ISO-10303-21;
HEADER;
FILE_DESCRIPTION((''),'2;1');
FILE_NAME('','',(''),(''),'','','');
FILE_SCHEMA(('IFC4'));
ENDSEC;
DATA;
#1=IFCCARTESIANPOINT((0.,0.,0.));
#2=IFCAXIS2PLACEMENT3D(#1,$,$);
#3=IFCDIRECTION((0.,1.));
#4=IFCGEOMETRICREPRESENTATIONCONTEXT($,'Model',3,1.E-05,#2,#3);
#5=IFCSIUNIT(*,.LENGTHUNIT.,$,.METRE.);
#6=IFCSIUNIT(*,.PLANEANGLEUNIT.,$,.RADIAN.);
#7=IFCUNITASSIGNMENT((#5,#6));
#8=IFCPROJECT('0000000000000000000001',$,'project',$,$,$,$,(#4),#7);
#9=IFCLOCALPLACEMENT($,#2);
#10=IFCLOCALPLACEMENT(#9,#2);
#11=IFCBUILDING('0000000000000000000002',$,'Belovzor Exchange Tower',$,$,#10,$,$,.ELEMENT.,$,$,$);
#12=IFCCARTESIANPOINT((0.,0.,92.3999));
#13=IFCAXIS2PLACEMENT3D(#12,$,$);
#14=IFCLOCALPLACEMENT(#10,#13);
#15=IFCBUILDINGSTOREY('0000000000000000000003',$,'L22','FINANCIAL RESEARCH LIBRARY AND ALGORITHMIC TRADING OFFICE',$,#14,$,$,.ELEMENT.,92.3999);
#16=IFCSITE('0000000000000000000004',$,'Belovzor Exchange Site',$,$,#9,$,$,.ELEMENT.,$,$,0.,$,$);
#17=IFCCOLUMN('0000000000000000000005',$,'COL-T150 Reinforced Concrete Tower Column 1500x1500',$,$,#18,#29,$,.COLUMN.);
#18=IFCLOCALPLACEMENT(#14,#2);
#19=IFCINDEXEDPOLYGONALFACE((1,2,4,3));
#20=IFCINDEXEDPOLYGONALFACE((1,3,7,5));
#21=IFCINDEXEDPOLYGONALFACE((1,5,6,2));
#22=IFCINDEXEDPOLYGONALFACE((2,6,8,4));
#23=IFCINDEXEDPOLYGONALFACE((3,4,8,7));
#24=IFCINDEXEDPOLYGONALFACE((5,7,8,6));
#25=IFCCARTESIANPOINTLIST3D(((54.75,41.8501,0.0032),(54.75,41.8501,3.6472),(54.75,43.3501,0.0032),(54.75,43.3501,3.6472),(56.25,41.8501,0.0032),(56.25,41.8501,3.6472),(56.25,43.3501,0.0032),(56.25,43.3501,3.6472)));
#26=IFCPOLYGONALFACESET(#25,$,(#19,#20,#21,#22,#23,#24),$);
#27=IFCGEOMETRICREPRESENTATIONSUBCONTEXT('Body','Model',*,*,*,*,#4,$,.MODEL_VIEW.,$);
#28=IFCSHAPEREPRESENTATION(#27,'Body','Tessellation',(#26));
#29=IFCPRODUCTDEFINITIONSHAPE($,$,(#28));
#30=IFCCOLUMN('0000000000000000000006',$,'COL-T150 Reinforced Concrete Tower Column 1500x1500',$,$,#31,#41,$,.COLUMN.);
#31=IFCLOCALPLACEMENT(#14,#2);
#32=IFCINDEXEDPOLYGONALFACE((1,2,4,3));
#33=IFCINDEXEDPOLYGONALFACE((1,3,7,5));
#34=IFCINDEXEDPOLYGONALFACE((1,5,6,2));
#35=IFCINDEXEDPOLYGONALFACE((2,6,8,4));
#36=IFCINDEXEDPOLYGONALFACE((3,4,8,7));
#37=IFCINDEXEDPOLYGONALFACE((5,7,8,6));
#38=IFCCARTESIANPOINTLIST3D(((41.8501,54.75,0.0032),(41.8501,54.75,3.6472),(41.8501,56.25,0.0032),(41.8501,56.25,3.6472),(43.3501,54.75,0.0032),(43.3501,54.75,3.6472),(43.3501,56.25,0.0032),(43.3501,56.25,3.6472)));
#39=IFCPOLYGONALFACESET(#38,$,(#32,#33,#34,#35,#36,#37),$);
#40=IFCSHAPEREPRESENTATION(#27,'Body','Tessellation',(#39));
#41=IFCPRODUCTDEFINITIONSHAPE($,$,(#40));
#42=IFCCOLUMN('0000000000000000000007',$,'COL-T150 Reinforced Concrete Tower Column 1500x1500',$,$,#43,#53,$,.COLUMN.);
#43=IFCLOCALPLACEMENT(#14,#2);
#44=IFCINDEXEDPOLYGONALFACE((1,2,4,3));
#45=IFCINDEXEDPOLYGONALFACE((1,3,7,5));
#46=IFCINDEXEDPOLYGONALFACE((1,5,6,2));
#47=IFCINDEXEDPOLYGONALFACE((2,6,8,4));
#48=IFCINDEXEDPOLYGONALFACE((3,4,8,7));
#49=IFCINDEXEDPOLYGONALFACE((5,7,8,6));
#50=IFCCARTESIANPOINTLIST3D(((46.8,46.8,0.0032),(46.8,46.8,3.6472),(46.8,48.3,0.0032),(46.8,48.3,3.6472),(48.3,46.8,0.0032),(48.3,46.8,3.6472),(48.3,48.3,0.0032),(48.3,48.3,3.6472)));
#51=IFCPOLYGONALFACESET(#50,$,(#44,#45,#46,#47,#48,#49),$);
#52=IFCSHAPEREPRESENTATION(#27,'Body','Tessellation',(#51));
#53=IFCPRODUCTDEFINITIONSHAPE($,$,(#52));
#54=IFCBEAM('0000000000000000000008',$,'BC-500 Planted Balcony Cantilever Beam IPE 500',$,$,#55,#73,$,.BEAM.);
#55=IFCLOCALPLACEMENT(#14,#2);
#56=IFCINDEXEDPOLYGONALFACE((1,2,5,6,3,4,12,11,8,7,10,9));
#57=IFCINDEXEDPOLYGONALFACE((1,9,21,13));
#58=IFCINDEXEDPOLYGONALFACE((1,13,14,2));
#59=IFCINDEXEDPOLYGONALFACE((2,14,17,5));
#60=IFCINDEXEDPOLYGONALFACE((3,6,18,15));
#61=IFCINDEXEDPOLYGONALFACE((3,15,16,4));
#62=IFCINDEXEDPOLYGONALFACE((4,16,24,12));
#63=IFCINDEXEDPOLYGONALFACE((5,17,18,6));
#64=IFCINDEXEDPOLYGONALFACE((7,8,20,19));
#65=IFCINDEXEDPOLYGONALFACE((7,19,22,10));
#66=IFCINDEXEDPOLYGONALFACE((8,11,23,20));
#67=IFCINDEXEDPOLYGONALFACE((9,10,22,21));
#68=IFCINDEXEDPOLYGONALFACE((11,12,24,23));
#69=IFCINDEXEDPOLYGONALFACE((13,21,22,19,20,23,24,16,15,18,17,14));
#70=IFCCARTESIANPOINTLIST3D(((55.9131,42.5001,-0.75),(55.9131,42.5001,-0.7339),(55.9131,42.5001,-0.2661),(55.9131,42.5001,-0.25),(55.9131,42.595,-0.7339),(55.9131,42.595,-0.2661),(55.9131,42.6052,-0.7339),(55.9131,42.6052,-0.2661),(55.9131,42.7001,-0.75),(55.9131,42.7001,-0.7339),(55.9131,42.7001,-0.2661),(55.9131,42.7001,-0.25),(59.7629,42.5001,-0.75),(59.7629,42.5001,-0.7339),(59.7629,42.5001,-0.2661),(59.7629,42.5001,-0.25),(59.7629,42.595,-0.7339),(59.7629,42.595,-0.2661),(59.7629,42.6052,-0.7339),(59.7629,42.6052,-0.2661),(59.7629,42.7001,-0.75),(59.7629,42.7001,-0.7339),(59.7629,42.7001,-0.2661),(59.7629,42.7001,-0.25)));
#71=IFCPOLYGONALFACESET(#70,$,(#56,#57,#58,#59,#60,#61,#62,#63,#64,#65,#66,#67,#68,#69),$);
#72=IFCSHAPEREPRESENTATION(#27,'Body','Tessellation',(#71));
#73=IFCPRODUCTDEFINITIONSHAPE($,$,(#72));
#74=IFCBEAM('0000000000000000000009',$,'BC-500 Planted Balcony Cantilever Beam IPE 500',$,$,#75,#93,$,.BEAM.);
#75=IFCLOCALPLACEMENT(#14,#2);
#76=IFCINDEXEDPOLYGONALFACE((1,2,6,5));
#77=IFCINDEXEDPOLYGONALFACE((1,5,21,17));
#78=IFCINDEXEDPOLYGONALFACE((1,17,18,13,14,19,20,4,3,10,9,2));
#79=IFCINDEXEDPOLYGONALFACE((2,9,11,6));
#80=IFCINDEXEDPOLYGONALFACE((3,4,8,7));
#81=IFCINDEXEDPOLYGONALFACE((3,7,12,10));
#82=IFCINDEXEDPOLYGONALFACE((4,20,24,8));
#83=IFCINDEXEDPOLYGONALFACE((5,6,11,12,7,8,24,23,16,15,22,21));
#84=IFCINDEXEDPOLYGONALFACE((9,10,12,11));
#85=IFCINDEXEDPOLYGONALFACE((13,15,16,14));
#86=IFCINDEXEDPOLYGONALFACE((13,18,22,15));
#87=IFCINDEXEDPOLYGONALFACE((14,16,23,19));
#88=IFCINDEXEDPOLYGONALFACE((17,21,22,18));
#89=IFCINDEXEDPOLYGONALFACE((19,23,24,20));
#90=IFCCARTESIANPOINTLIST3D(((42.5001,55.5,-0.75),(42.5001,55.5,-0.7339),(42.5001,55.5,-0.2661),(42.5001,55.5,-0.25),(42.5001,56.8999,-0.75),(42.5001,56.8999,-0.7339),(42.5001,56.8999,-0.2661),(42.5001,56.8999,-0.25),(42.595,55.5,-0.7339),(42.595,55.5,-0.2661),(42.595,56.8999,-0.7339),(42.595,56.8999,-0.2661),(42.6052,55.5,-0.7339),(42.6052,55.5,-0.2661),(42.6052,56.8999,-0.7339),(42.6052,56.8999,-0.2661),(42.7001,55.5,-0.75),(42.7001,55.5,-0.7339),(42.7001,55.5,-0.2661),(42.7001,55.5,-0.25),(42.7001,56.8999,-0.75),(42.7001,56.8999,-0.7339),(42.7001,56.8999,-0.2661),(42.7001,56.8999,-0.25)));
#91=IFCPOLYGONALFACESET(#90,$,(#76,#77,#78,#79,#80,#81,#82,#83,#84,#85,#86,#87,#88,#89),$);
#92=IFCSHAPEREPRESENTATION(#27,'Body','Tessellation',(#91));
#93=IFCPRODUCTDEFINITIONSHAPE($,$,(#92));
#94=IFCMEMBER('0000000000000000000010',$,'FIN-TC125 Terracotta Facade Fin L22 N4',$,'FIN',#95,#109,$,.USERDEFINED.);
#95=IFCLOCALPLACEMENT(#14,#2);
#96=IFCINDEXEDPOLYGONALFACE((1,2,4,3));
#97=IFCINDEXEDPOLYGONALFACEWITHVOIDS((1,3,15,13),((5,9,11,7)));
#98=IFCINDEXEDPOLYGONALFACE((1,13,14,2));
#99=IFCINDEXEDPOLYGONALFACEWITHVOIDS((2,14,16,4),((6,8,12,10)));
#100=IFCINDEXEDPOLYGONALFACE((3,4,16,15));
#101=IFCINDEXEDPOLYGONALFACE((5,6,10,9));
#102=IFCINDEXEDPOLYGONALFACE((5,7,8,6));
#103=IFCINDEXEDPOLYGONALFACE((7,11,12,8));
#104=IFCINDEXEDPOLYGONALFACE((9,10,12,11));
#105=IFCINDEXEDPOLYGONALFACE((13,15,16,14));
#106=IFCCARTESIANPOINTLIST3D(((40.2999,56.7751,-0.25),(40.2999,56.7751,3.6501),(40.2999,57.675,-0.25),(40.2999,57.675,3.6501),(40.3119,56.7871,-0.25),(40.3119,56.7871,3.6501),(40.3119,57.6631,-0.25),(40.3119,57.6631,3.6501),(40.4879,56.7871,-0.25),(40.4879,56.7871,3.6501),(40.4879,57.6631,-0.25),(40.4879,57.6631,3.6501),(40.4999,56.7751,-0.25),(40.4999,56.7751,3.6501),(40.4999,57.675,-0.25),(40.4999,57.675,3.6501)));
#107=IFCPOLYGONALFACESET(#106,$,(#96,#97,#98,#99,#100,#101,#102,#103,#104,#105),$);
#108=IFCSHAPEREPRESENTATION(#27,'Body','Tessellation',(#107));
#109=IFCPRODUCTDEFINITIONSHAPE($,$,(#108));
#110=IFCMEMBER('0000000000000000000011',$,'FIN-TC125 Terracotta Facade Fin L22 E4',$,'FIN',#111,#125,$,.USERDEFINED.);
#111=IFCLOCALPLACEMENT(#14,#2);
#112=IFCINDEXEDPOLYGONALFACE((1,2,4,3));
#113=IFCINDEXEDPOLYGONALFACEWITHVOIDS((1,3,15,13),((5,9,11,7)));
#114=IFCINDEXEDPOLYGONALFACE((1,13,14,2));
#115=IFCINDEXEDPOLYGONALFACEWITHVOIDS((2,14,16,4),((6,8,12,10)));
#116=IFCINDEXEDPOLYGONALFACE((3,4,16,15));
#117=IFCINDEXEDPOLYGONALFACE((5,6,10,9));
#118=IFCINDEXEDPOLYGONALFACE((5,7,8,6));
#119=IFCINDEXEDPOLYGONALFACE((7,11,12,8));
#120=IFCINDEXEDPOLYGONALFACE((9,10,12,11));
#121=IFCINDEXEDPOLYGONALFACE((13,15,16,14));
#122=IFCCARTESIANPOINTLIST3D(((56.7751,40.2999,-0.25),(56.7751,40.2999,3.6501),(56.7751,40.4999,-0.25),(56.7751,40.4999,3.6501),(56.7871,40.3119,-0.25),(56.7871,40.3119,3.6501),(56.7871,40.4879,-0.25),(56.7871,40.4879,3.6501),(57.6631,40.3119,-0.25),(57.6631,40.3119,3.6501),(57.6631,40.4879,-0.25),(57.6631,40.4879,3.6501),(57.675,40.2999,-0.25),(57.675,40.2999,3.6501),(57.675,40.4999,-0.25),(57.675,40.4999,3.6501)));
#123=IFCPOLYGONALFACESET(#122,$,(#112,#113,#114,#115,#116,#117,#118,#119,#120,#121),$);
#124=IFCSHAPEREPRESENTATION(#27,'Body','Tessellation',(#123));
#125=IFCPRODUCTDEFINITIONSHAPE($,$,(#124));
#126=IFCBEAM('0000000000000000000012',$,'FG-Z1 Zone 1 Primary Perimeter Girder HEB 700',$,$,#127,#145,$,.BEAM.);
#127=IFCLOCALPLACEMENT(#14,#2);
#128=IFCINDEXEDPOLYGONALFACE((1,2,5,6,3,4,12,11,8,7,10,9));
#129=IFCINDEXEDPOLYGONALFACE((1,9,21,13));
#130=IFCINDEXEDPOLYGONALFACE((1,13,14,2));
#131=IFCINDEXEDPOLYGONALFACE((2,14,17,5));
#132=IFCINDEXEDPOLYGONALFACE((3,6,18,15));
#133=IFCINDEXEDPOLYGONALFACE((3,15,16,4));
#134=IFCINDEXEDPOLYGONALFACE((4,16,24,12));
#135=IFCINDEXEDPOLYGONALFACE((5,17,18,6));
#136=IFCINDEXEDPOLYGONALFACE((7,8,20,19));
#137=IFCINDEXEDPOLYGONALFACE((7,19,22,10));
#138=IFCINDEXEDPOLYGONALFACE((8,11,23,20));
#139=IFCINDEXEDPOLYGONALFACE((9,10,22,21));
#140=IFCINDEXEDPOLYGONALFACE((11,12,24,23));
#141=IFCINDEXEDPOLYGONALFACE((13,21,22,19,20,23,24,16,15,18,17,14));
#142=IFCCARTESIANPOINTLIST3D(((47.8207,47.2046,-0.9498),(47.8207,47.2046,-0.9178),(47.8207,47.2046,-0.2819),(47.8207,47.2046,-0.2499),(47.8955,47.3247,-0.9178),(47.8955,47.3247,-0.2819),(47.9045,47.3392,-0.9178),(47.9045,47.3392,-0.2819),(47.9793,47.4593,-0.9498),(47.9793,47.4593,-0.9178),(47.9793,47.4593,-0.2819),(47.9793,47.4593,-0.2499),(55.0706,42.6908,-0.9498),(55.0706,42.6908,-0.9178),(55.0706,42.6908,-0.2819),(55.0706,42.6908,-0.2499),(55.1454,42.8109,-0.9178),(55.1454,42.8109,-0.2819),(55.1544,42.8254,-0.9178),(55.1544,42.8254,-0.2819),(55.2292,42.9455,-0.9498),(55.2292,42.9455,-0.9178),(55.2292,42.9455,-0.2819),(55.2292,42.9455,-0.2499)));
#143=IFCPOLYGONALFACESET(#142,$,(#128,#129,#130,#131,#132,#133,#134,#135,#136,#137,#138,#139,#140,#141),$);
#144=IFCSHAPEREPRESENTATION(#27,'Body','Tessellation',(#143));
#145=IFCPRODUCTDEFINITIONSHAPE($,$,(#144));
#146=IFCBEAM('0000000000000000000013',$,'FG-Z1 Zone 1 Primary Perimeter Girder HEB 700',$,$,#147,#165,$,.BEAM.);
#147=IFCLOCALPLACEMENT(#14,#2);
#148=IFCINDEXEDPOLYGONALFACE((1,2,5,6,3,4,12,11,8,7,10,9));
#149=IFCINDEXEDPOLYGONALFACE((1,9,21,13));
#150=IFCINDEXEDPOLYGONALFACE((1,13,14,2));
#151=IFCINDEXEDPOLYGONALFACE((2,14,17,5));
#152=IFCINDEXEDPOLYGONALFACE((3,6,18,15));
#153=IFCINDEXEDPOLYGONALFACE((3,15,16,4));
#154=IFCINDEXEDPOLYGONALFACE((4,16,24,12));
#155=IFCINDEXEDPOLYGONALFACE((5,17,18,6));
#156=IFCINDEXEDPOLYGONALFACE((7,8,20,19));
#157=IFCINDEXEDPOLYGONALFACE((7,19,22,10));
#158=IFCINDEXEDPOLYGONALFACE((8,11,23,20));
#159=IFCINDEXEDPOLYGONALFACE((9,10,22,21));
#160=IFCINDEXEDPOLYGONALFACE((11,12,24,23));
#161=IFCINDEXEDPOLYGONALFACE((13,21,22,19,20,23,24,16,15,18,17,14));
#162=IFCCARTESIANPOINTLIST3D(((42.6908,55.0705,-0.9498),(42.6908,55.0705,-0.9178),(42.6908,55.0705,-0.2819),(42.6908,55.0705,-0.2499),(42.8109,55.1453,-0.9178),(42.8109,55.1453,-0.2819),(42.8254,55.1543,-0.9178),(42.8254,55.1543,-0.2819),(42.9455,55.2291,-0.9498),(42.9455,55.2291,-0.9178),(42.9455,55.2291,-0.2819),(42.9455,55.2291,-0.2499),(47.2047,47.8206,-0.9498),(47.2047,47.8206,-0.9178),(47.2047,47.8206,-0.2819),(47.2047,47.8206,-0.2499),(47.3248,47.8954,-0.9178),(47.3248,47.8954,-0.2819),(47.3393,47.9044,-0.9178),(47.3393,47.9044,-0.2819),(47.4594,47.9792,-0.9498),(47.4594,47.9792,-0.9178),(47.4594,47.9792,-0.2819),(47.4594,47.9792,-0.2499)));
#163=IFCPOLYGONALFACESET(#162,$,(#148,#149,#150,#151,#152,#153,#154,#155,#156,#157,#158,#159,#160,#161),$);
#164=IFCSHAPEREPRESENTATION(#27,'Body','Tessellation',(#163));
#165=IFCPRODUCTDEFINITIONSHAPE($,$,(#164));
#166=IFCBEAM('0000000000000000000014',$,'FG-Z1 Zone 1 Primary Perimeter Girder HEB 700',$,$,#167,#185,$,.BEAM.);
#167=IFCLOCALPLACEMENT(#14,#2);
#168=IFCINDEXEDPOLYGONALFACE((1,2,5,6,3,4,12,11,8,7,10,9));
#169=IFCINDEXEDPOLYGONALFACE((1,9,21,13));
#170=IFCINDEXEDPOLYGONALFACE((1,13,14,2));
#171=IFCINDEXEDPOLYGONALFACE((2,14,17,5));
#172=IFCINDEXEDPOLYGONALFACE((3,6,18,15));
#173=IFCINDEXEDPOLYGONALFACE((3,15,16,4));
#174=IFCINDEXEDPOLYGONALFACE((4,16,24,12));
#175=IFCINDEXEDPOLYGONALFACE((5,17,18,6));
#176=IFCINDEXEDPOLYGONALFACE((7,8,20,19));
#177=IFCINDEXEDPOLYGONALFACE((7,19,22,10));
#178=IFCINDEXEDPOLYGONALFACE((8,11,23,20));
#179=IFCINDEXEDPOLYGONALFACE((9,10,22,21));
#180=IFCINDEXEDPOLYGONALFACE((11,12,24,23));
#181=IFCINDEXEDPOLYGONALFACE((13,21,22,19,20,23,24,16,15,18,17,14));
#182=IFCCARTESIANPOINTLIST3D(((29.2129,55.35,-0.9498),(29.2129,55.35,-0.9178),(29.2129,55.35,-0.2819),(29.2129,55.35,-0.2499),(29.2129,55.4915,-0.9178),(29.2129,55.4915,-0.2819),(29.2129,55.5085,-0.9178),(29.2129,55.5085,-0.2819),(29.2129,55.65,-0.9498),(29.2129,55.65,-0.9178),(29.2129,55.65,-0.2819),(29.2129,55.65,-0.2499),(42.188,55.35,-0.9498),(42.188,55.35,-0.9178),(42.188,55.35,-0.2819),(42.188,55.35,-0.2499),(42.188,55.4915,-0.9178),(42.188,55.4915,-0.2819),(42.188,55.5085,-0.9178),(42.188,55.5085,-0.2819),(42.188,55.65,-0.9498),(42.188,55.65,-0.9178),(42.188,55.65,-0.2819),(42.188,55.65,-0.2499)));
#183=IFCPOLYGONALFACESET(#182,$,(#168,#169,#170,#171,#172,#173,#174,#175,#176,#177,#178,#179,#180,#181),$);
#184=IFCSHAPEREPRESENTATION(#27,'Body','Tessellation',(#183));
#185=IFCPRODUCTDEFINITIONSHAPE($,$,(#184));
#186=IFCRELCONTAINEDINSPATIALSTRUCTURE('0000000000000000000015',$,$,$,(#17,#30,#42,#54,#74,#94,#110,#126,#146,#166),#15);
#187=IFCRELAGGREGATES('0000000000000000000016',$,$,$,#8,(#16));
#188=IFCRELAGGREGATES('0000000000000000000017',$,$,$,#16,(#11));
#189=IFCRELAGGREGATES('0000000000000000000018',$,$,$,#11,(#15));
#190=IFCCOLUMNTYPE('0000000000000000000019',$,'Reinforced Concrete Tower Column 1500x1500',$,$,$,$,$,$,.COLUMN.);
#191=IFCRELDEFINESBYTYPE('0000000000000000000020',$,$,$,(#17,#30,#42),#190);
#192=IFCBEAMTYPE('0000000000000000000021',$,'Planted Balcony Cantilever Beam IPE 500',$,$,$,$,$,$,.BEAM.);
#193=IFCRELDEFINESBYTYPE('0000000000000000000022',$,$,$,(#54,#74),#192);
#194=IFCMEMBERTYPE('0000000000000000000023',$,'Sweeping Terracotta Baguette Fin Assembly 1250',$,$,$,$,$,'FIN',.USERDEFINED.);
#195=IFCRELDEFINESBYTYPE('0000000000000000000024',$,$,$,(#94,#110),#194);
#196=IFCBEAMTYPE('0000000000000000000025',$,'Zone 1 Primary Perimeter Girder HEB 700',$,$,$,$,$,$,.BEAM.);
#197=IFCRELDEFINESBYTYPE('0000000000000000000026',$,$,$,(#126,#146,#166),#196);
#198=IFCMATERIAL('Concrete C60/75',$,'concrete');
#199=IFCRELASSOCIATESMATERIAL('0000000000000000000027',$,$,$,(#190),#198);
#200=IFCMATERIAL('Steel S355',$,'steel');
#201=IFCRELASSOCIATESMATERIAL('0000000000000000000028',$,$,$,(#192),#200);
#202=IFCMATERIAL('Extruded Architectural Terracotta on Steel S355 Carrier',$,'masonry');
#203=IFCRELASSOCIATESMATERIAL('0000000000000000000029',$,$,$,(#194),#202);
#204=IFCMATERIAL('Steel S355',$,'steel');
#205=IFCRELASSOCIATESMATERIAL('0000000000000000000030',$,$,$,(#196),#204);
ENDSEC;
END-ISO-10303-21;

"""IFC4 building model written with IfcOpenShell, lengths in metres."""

from ifc_helpers import new_model, si_unit, direction, frame, origin, origin_2d, place, context, subcontext, project, spatial, rectangle, hollow_rectangle, i_section, extrude, material, material_profile, profile_set, type_object, element, save


model = new_model("IFC4")

# Units and contexts
model_context = context("Model", 3, precision=1e-05, world=origin(), true_north=direction((0.0, 1.0)))
body_context = subcontext(model_context, "Body", "Model", "MODEL_VIEW")
ifc_project = project(units=[si_unit("LENGTHUNIT", "METRE"), si_unit("PLANEANGLEUNIT", "RADIAN")], contexts=[model_context])

# Site, building, storey
site_placement = place(None, origin())
site = spatial("IfcSite", under=ifc_project, at=site_placement, Name="Belovzor Exchange Site", CompositionType="ELEMENT", RefElevation=0.0)
building_placement = place(site_placement, origin())
building = spatial("IfcBuilding", under=site, at=building_placement, Name="Belovzor Exchange Tower", CompositionType="ELEMENT")
storey_placement = place(building_placement, frame((0.0, 0.0, 92.3999)))
storey = spatial("IfcBuildingStorey", under=building, at=storey_placement, Name="L22", Description="FINANCIAL RESEARCH LIBRARY AND ALGORITHMIC TRADING OFFICE", CompositionType="ELEMENT", Elevation=92.3999)

# Columns
ifc_material_1 = material(Name="Concrete C60/75", Category="concrete")
ifc_material_profile_1 = material_profile(ifc_material_1, rectangle(XDim=1.5, YDim=1.5, at=origin_2d()))
ifc_profile_set_1 = profile_set([ifc_material_profile_1], Name="Concrete C60/75")
column_type = type_object("IfcColumnType", Name="Reinforced Concrete Tower Column 1500x1500", PredefinedType="COLUMN", material=ifc_profile_set_1)
for number, where, z_axis, x_axis, name in (
    (1, (55.5, 42.6001, 0.0032), (0.0, 0.0, 1.0), (1.0, 0.0, 0.0), "COL-T150 Reinforced Concrete Tower Column 1500x1500"),
    (2, (42.6001, 55.5, 0.0032), (0.0, 0.0, 1.0), (1.0, 0.0, 0.0), "COL-T150 Reinforced Concrete Tower Column 1500x1500"),
    (3, (47.55, 47.55, 0.0032), (0.0, 0.0, 1.0), (1.0, 0.0, 0.0), "COL-T150 Reinforced Concrete Tower Column 1500x1500"),
):
    element("IfcColumn", number, at=place(storey_placement, frame(where, z_axis=z_axis, x_axis=x_axis)), inside=storey, type_object=column_type, Name=name, PredefinedType="COLUMN", context=body_context, shape_type="SweptSolid", body=[
        extrude(rectangle(XDim=1.5, YDim=1.5, at=origin_2d()), origin(), (0.0, 0.0, 1.0), 3.644),
    ])

# Beams
ifc_material_2 = material(Name="Steel S355", Category="steel")
ifc_material_profile_2 = material_profile(ifc_material_2, i_section(OverallWidth=0.2, OverallDepth=0.5, WebThickness=0.0103, FlangeThickness=0.0161, at=origin_2d()))
ifc_profile_set_2 = profile_set([ifc_material_profile_2], Name="Steel S355")
beam_type_1 = type_object("IfcBeamType", Name="Planted Balcony Cantilever Beam IPE 500", PredefinedType="BEAM", material=ifc_profile_set_2)
beam_1_placement = place(storey_placement, frame((55.9131, 42.6001, -0.5), z_axis=(1.0, 0.0, 0.0), x_axis=(0.0, 1.0, 0.0)))
element("IfcBeam", 4, at=beam_1_placement, inside=storey, type_object=beam_type_1, Name="BC-500 Planted Balcony Cantilever Beam IPE 500", PredefinedType="BEAM", context=body_context, shape_type="SweptSolid", body=[
    extrude(i_section(OverallWidth=0.2, OverallDepth=0.5, WebThickness=0.0103, FlangeThickness=0.0161, at=origin_2d()), origin(), (0.0, 0.0, 1.0), 3.8499),
])
beam_2_placement = place(storey_placement, frame((42.6001, 55.5, -0.5), z_axis=(0.0, 1.0, 0.0), x_axis=(-1.0, 0.0, 0.0)))
element("IfcBeam", 5, at=beam_2_placement, inside=storey, type_object=beam_type_1, Name="BC-500 Planted Balcony Cantilever Beam IPE 500", PredefinedType="BEAM", context=body_context, shape_type="SweptSolid", body=[
    extrude(i_section(OverallWidth=0.2, OverallDepth=0.5, WebThickness=0.0103, FlangeThickness=0.0161, at=origin_2d()), origin(), (0.0, 0.0, 1.0), 1.3999),
])

# Members
ifc_material_3 = material(Name="Extruded Architectural Terracotta on Steel S355 Carrier", Category="masonry")
ifc_material_profile_3 = material_profile(ifc_material_3, hollow_rectangle(XDim=0.2, YDim=0.8999, WallThickness=0.012, at=origin_2d()))
ifc_profile_set_3 = profile_set([ifc_material_profile_3], Name="Extruded Architectural Terracotta on Steel S355 Carrier")
member_type = type_object("IfcMemberType", Name="Sweeping Terracotta Baguette Fin Assembly 1250", ElementType="FIN", PredefinedType="USERDEFINED", material=ifc_profile_set_3)
for number, where, z_axis, x_axis, name in (
    (6, (40.3999, 57.2251, -0.25), (0.0, 0.0, 1.0), (1.0, 0.0, 0.0), "FIN-TC125 Terracotta Facade Fin L22 N4"),
    (7, (57.2251, 40.3999, -0.25), (0.0, 0.0, 1.0), (0.0, 1.0, 0.0), "FIN-TC125 Terracotta Facade Fin L22 E4"),
):
    element("IfcMember", number, at=place(storey_placement, frame(where, z_axis=z_axis, x_axis=x_axis)), inside=storey, type_object=member_type, Name=name, ObjectType="FIN", PredefinedType="USERDEFINED", context=body_context, shape_type="SweptSolid", body=[
        extrude(hollow_rectangle(XDim=0.2, YDim=0.8999, WallThickness=0.012, at=origin_2d()), origin(), (0.0, 0.0, 1.0), 3.9001),
    ])

# Beams
ifc_material_4 = material(Name="Steel S355", Category="steel")
ifc_material_profile_4 = material_profile(ifc_material_4, i_section(OverallWidth=0.3, OverallDepth=0.7, WebThickness=0.0171, FlangeThickness=0.032, at=origin_2d()))
ifc_profile_set_4 = profile_set([ifc_material_profile_4], Name="Steel S355")
beam_type_2 = type_object("IfcBeamType", Name="Zone 1 Primary Perimeter Girder HEB 700", PredefinedType="BEAM", material=ifc_profile_set_4)
for number, where, z_axis, x_axis, name in (
    (8, (55.1499, 42.8181, -0.5999), (-0.848909, 0.528539, 0.0), (-0.528539, -0.848909, 0.0), "FG-Z1 Zone 1 Primary Perimeter Girder HEB 700"),
    (9, (47.332, 47.8999, -0.5999), (-0.528539, 0.848909, 0.0), (-0.848909, -0.528539, 0.0), "FG-Z1 Zone 1 Primary Perimeter Girder HEB 700"),
):
    element("IfcBeam", number, at=place(storey_placement, frame(where, z_axis=z_axis, x_axis=x_axis)), inside=storey, type_object=beam_type_2, Name=name, PredefinedType="BEAM", context=body_context, shape_type="SweptSolid", body=[
        extrude(i_section(OverallWidth=0.3, OverallDepth=0.7, WebThickness=0.0171, FlangeThickness=0.032, at=origin_2d()), origin(), (0.0, 0.0, 1.0), 8.5403),
    ])
beam_3_placement = place(storey_placement, frame((42.188, 55.5, -0.5999), z_axis=(-1.0, 0.0, 0.0), x_axis=(0.0, -1.0, 0.0)))
element("IfcBeam", 10, at=beam_3_placement, inside=storey, type_object=beam_type_2, Name="FG-Z1 Zone 1 Primary Perimeter Girder HEB 700", PredefinedType="BEAM", context=body_context, shape_type="SweptSolid", body=[
    extrude(i_section(OverallWidth=0.3, OverallDepth=0.7, WebThickness=0.0171, FlangeThickness=0.032, at=origin_2d()), origin(), (0.0, 0.0, 1.0), 12.9751),
])

save(model, "model.ifc")
